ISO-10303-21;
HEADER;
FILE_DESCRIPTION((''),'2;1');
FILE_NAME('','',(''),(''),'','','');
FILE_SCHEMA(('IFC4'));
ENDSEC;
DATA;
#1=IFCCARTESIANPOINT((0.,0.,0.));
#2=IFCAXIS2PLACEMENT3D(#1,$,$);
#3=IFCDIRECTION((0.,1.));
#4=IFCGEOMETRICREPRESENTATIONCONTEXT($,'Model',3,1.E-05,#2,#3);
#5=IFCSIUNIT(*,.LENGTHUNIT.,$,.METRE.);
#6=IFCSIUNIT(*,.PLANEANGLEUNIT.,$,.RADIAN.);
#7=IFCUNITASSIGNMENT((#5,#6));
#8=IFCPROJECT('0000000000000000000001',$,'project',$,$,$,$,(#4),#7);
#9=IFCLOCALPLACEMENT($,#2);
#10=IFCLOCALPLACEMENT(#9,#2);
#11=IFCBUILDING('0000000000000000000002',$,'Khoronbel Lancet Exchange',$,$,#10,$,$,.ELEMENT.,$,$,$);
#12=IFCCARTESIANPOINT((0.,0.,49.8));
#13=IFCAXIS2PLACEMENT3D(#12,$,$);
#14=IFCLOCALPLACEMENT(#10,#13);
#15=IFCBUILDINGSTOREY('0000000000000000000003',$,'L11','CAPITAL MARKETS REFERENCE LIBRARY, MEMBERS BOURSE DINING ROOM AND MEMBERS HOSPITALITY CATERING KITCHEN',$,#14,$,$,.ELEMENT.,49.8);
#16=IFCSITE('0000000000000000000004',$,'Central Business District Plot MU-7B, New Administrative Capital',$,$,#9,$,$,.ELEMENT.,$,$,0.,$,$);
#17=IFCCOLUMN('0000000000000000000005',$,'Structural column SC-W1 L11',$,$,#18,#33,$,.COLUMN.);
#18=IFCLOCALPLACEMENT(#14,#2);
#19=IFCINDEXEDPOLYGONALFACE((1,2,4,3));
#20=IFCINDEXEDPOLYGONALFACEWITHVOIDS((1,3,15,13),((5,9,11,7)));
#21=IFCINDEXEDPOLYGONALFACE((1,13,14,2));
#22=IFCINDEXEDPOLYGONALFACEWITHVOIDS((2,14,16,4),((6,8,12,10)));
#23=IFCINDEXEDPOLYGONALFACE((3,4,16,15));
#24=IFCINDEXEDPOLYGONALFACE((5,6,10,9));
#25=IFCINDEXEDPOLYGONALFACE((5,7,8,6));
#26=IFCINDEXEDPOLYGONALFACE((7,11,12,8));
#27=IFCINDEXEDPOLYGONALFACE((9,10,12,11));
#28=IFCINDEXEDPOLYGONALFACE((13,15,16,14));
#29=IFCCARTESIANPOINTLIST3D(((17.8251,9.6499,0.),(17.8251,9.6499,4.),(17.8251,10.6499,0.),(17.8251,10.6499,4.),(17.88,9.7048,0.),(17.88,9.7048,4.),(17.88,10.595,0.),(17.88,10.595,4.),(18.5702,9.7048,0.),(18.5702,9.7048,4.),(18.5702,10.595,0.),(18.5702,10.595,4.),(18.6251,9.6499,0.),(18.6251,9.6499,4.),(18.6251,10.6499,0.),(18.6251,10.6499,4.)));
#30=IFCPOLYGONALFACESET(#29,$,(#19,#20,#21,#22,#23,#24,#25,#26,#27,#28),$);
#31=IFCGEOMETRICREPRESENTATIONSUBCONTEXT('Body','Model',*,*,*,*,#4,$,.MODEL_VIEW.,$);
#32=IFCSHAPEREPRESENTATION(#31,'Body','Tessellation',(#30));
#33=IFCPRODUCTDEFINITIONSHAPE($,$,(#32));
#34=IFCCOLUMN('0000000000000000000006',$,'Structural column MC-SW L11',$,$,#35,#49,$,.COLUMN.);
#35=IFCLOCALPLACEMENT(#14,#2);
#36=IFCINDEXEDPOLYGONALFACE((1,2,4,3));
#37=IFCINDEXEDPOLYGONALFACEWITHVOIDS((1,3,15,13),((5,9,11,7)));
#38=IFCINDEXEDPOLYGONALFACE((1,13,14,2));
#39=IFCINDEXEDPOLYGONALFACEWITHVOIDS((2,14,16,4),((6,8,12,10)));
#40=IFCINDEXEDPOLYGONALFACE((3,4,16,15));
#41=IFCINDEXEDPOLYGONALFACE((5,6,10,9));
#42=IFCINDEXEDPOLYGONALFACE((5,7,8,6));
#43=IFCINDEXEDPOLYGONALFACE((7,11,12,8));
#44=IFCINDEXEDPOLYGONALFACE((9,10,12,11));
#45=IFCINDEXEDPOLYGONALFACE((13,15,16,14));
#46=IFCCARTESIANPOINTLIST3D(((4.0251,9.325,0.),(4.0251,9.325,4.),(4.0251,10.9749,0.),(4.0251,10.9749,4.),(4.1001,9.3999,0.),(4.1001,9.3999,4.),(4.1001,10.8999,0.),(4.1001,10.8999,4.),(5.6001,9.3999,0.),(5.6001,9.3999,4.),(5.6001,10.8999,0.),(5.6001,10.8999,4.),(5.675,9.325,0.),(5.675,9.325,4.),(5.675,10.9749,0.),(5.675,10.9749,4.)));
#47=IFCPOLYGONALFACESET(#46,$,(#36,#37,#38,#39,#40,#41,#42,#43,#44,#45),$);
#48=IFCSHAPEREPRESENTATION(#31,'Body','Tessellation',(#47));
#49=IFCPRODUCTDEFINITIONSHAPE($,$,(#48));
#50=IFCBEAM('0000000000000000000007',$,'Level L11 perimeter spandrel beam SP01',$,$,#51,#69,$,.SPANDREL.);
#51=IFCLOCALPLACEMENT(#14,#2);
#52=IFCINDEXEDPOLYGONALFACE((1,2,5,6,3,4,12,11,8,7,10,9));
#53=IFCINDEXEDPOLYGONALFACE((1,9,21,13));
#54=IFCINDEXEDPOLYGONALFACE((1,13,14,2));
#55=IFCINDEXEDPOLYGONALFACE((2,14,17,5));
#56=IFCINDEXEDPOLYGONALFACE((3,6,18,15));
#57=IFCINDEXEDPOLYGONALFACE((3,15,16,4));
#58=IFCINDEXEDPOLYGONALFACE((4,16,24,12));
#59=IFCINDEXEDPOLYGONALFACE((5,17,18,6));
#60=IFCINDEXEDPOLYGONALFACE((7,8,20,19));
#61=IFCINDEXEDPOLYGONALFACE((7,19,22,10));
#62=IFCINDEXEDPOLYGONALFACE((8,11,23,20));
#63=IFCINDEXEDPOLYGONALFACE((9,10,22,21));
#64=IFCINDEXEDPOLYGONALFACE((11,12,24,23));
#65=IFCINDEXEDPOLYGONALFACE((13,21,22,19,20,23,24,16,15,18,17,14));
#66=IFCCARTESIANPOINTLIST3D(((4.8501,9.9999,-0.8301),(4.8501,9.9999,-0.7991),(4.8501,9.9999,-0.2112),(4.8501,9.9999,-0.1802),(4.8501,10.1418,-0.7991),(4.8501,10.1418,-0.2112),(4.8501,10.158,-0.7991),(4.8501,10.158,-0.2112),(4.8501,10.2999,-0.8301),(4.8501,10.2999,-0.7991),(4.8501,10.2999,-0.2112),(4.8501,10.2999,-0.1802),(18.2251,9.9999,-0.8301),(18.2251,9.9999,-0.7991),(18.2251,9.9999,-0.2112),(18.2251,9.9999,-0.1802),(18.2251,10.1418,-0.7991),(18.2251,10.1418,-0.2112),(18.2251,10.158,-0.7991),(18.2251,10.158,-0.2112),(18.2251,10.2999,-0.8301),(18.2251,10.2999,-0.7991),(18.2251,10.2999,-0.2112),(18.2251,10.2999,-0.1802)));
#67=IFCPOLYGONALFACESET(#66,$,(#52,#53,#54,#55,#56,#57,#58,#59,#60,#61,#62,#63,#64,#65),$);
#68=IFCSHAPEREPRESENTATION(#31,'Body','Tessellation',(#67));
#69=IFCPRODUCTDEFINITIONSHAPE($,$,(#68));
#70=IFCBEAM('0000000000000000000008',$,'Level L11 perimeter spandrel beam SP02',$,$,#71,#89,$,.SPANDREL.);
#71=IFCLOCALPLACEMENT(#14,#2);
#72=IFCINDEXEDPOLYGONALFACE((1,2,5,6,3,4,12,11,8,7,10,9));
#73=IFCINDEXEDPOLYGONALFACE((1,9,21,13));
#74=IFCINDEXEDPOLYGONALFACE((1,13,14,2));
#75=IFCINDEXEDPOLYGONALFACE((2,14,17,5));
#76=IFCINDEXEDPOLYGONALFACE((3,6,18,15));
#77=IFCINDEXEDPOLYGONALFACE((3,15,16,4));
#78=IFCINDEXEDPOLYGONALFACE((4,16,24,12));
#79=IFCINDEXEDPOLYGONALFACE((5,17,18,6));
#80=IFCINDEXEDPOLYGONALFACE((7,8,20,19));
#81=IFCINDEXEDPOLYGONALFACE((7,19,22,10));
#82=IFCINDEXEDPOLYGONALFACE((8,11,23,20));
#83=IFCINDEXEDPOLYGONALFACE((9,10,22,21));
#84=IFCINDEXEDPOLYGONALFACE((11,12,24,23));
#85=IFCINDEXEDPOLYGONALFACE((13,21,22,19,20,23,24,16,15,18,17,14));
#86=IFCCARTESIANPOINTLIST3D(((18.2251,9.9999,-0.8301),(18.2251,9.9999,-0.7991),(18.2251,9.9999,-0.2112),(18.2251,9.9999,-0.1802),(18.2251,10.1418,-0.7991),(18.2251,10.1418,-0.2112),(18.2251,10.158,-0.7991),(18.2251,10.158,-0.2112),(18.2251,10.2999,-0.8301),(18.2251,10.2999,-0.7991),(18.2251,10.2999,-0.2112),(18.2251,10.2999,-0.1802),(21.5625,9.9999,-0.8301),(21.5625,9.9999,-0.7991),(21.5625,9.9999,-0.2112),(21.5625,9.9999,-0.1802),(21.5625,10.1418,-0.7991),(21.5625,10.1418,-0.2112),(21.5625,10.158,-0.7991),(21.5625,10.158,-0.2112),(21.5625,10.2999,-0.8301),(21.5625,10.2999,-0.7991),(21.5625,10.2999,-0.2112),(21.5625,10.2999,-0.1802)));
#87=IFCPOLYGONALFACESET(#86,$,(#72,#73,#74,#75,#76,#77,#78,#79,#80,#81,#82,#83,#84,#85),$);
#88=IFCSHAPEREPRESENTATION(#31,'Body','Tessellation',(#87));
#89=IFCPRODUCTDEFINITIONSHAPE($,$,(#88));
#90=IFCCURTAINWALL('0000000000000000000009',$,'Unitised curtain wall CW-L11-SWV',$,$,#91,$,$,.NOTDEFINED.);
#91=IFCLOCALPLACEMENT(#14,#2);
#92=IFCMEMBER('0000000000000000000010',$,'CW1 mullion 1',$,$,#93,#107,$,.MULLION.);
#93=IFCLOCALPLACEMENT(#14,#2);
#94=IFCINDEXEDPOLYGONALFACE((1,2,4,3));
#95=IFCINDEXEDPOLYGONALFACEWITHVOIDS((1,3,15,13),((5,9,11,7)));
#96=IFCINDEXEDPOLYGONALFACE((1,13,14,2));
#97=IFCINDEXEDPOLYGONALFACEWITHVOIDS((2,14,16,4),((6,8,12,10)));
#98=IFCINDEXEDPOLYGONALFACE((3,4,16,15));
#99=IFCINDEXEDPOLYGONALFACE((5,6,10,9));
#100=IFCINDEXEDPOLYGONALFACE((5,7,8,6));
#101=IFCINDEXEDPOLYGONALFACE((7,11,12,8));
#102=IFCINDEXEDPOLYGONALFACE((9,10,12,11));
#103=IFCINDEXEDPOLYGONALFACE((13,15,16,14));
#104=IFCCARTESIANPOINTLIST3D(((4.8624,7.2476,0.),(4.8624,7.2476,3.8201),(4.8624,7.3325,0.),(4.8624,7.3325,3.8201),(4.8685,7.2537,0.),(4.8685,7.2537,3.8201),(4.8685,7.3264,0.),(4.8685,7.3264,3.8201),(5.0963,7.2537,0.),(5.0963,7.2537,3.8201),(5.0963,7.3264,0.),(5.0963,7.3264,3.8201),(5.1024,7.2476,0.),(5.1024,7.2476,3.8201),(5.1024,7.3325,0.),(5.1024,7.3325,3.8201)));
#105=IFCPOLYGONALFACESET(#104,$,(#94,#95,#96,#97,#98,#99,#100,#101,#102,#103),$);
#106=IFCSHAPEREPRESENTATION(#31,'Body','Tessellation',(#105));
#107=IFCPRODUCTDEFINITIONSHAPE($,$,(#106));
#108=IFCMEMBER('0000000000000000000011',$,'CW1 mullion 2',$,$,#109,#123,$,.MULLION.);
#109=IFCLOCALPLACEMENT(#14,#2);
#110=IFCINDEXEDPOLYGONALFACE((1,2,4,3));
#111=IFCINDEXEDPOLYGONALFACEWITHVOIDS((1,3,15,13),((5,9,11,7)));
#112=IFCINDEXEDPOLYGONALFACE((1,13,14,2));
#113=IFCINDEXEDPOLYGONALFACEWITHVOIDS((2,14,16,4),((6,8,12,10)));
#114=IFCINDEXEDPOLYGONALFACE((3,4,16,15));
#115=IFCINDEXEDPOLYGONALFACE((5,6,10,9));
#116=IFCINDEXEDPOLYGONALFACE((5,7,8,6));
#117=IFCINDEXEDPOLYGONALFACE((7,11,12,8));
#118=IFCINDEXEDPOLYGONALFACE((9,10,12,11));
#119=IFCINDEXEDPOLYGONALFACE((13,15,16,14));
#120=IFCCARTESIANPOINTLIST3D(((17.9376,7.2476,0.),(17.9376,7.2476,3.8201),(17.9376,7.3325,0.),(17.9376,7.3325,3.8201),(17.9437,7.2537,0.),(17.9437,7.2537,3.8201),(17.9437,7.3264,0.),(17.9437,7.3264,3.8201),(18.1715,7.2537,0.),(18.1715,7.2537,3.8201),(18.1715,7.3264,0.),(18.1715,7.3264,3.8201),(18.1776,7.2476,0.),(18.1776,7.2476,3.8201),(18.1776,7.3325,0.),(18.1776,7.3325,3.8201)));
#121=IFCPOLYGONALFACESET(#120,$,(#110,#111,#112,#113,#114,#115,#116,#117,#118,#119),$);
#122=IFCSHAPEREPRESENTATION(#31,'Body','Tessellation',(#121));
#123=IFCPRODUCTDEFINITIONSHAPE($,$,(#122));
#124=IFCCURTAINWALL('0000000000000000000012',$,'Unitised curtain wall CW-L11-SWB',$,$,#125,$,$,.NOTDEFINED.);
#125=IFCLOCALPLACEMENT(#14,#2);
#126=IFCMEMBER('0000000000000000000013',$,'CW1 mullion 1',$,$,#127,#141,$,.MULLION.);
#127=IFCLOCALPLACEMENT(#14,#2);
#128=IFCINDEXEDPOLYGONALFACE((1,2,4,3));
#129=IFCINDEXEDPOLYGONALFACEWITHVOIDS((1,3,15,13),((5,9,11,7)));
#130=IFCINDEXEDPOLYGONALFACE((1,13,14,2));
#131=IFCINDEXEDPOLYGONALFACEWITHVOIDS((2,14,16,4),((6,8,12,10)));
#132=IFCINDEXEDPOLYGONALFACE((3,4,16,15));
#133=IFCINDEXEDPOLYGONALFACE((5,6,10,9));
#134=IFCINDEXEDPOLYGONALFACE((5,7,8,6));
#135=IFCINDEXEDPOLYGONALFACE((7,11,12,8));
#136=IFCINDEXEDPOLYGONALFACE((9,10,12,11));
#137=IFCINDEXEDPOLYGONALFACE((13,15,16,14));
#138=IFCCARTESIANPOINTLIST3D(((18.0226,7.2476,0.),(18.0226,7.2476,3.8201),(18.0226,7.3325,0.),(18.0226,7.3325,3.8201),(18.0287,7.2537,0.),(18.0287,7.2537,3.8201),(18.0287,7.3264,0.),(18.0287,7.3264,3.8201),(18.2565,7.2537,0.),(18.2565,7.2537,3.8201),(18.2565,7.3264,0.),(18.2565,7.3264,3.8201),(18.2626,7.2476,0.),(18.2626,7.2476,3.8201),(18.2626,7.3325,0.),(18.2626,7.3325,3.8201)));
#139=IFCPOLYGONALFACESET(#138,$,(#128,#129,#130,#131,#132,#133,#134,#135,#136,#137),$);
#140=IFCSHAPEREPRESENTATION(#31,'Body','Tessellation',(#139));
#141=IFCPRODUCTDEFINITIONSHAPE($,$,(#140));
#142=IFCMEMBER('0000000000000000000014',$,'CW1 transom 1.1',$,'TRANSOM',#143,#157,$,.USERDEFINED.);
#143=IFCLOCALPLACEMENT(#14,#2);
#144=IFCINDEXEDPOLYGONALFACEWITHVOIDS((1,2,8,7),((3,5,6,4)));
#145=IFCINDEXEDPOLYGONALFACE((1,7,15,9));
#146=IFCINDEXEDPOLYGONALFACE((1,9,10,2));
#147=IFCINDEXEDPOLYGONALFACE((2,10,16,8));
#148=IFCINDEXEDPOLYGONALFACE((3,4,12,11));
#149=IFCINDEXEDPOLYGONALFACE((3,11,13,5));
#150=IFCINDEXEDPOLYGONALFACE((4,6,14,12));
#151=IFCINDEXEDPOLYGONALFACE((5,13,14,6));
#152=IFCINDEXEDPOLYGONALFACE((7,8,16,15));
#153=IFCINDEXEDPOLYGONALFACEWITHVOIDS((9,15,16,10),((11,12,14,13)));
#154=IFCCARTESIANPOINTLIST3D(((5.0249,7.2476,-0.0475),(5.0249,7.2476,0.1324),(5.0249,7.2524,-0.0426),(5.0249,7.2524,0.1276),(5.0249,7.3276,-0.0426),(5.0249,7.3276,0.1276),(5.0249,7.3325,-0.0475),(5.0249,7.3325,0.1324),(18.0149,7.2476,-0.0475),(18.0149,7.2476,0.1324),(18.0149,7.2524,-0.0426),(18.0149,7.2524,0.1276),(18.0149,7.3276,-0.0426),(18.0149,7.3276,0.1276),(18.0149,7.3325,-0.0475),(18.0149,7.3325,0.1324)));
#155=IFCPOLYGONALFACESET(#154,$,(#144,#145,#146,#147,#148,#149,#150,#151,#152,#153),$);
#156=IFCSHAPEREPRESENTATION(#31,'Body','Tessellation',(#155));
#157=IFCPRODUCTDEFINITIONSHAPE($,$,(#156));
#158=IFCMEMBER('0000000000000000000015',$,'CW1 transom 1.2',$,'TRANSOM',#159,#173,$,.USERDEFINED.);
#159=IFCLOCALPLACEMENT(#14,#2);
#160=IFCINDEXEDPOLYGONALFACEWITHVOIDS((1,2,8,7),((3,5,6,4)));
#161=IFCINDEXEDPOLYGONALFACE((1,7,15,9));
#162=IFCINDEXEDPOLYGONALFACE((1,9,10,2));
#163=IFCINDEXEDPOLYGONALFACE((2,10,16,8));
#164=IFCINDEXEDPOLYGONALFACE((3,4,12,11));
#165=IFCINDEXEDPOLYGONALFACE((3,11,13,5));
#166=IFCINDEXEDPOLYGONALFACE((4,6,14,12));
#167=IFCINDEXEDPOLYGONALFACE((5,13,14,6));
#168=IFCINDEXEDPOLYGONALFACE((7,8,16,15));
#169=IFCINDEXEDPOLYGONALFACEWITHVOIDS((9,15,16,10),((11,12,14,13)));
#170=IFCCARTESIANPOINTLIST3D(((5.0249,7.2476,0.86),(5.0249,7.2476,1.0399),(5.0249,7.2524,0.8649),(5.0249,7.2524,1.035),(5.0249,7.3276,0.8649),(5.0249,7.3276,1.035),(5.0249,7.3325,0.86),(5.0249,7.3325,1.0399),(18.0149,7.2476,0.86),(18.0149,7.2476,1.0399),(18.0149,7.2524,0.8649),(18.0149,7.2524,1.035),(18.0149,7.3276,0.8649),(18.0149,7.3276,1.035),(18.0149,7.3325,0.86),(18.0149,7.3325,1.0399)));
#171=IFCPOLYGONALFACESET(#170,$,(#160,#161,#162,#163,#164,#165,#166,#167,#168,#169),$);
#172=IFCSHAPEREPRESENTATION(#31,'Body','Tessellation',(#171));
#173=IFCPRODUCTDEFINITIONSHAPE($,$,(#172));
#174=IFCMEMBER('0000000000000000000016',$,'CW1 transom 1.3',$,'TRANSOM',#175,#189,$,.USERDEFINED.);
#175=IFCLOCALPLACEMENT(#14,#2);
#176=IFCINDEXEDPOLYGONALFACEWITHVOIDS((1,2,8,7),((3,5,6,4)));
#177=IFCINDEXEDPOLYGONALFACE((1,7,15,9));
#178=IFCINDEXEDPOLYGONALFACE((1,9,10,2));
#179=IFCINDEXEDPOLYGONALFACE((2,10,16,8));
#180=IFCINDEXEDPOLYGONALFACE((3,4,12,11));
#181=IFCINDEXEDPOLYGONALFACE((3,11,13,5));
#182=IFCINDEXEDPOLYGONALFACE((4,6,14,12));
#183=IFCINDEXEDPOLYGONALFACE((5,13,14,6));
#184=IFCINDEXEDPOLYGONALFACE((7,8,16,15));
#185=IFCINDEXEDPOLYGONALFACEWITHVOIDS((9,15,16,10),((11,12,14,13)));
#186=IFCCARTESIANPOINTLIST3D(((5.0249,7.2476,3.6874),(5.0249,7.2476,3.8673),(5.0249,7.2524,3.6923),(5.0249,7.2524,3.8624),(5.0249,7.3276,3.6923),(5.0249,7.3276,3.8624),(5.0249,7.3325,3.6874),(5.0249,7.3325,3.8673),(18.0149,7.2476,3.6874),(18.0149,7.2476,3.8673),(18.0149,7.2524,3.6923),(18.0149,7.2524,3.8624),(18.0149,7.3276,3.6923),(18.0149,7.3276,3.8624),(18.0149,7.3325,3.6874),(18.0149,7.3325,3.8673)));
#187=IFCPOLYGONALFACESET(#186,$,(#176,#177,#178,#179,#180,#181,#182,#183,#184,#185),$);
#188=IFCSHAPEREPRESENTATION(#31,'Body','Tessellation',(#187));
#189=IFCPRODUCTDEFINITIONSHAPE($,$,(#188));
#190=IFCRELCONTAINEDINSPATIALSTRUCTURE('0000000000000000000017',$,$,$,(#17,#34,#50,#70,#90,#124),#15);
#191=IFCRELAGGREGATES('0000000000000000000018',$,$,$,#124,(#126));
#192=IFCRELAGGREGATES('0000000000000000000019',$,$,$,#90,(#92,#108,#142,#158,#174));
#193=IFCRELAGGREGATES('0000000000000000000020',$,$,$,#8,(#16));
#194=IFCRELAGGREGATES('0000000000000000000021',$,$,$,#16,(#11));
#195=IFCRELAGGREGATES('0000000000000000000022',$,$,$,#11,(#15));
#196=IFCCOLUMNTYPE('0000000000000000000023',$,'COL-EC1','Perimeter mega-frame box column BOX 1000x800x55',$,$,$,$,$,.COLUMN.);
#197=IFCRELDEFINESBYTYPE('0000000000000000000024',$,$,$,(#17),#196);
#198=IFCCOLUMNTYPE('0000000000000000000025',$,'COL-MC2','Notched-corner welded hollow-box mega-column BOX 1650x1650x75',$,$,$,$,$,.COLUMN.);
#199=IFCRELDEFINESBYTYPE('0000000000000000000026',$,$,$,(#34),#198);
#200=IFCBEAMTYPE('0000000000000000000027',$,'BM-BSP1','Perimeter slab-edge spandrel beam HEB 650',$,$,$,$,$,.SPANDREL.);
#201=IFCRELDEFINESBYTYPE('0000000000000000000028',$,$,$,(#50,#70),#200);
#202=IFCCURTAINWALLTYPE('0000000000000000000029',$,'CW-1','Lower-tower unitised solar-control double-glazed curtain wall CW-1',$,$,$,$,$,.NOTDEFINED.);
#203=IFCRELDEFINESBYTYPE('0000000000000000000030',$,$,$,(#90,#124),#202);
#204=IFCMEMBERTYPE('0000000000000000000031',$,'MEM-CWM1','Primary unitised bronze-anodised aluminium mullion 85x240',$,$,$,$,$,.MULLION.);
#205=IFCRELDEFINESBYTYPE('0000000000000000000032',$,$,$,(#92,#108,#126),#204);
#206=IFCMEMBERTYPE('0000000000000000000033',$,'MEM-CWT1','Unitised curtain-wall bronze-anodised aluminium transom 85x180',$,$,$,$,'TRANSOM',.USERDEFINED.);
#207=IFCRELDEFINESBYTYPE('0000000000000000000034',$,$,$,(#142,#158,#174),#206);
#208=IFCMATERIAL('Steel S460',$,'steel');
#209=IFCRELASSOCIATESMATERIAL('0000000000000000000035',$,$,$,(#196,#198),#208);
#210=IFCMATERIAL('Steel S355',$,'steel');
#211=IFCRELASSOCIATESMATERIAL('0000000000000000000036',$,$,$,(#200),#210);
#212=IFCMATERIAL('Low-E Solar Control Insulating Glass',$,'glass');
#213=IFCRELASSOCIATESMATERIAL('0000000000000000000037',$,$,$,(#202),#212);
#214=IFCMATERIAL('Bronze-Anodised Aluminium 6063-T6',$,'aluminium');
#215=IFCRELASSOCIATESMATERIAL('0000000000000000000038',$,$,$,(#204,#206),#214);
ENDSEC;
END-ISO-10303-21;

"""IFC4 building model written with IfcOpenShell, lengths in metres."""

from ifc_helpers import new_model, si_unit, direction, frame, origin, origin_2d, place, context, subcontext, project, spatial, hollow_rectangle, i_section, extrude, material, material_profile, profile_set, type_object, element, aggregate, save


model = new_model("IFC4")

# Units and contexts
model_context = context("Model", 3, precision=1e-05, world=origin(), true_north=direction((0.0, 1.0)))
body_context = subcontext(model_context, "Body", "Model", "MODEL_VIEW")
ifc_project = project(units=[si_unit("LENGTHUNIT", "METRE"), si_unit("PLANEANGLEUNIT", "RADIAN")], contexts=[model_context])

# Site, building, storey
site_placement = place(None, origin())
site = spatial("IfcSite", under=ifc_project, at=site_placement, Name="Central Business District Plot MU-7B, New Administrative Capital", CompositionType="ELEMENT", RefElevation=0.0)
building_placement = place(site_placement, origin())
building = spatial("IfcBuilding", under=site, at=building_placement, Name="Khoronbel Lancet Exchange", CompositionType="ELEMENT")
storey_placement = place(building_placement, frame((0.0, 0.0, 49.8)))
storey = spatial("IfcBuildingStorey", under=building, at=storey_placement, Name="L11", Description="CAPITAL MARKETS REFERENCE LIBRARY, MEMBERS BOURSE DINING ROOM AND MEMBERS HOSPITALITY CATERING KITCHEN", CompositionType="ELEMENT", Elevation=49.8)

# Columns
ifc_material_1 = material(Name="Steel S460", Category="steel")
ifc_material_profile_1 = material_profile(ifc_material_1, hollow_rectangle(XDim=0.8, YDim=1.0, WallThickness=0.0549, at=origin_2d()), Name="BOX 1000x800x55")
ifc_profile_set_1 = profile_set([ifc_material_profile_1], Name="Steel S460")
column_type_1 = type_object("IfcColumnType", Name="COL-EC1", Description="Perimeter mega-frame box column BOX 1000x800x55", PredefinedType="COLUMN", material=ifc_profile_set_1)
column_1_placement = place(storey_placement, frame((18.2251, 10.1499, 0.0), z_axis=(0.0, 0.0, 1.0), x_axis=(1.0, 0.0, 0.0)))
element("IfcColumn", 1, at=column_1_placement, inside=storey, type_object=column_type_1, Name="Structural column SC-W1 L11", PredefinedType="COLUMN", context=body_context, shape_type="SweptSolid", body=[
    extrude(hollow_rectangle(XDim=0.8, YDim=1.0, WallThickness=0.0549, at=origin_2d()), origin(), (0.0, 0.0, 1.0), 4.0),
])
ifc_material_profile_2 = material_profile(ifc_material_1, hollow_rectangle(XDim=1.6499, YDim=1.6499, WallThickness=0.075, at=origin_2d()), Name="BOX 1650x1650x75")
ifc_profile_set_2 = profile_set([ifc_material_profile_2], Name="Steel S460")
column_type_2 = type_object("IfcColumnType", Name="COL-MC2", Description="Notched-corner welded hollow-box mega-column BOX 1650x1650x75", PredefinedType="COLUMN", material=ifc_profile_set_2)
column_2_placement = place(storey_placement, frame((4.8501, 10.1499, 0.0), z_axis=(0.0, 0.0, 1.0), x_axis=(1.0, 0.0, 0.0)))
element("IfcColumn", 2, at=column_2_placement, inside=storey, type_object=column_type_2, Name="Structural column MC-SW L11", PredefinedType="COLUMN", context=body_context, shape_type="SweptSolid", body=[
    extrude(hollow_rectangle(XDim=1.6499, YDim=1.6499, WallThickness=0.075, at=origin_2d()), origin(), (0.0, 0.0, 1.0), 4.0),
])

# Beams
ifc_material_2 = material(Name="Steel S355", Category="steel")
ifc_material_profile_3 = material_profile(ifc_material_2, i_section(OverallWidth=0.3, OverallDepth=0.6499, WebThickness=0.0161, FlangeThickness=0.031, at=origin_2d()), Name="HEB 650")
ifc_profile_set_3 = profile_set([ifc_material_profile_3], Name="Steel S355")
beam_type = type_object("IfcBeamType", Name="BM-BSP1", Description="Perimeter slab-edge spandrel beam HEB 650", PredefinedType="SPANDREL", material=ifc_profile_set_3)
beam_1_placement = place(storey_placement, frame((4.8501, 10.1499, -0.5051), z_axis=(1.0, 0.0, 0.0), x_axis=(0.0, 1.0, 0.0)))
element("IfcBeam", 3, at=beam_1_placement, inside=storey, type_object=beam_type, Name="Level L11 perimeter spandrel beam SP01", PredefinedType="SPANDREL", context=body_context, shape_type="SweptSolid", body=[
    extrude(i_section(OverallWidth=0.3, OverallDepth=0.6499, WebThickness=0.0161, FlangeThickness=0.031, at=origin_2d()), origin(), (0.0, 0.0, 1.0), 13.375),
])
beam_2_placement = place(storey_placement, frame((18.2251, 10.1499, -0.5051), z_axis=(1.0, 0.0, 0.0), x_axis=(0.0, 1.0, 0.0)))
element("IfcBeam", 4, at=beam_2_placement, inside=storey, type_object=beam_type, Name="Level L11 perimeter spandrel beam SP02", PredefinedType="SPANDREL", context=body_context, shape_type="SweptSolid", body=[
    extrude(i_section(OverallWidth=0.3, OverallDepth=0.6499, WebThickness=0.0161, FlangeThickness=0.031, at=origin_2d()), origin(), (0.0, 0.0, 1.0), 3.3374),
])

# Curtain wall, members
ifc_material_3 = material(Name="Low-E Solar Control Insulating Glass", Category="glass")
curtain_wall_type = type_object("IfcCurtainWallType", Name="CW-1", Description="Lower-tower unitised solar-control double-glazed curtain wall CW-1", PredefinedType="NOTDEFINED", material=ifc_material_3)
curtain_wall_1_placement = place(storey_placement, origin())
curtain_wall_1 = element("IfcCurtainWall", 5, at=curtain_wall_1_placement, inside=storey, type_object=curtain_wall_type, Name="Unitised curtain wall CW-L11-SWV", PredefinedType="NOTDEFINED")
ifc_material_4 = material(Name="Bronze-Anodised Aluminium 6063-T6", Category="aluminium")
ifc_material_profile_4 = material_profile(ifc_material_4, hollow_rectangle(XDim=0.085, YDim=0.24, WallThickness=0.0061, at=origin_2d()), Name="ALU MULLION 85x240")
ifc_profile_set_4 = profile_set([ifc_material_profile_4], Name="Bronze-Anodised Aluminium 6063-T6")
member_type_1 = type_object("IfcMemberType", Name="MEM-CWM1", Description="Primary unitised bronze-anodised aluminium mullion 85x240", PredefinedType="MULLION", material=ifc_profile_set_4)
member_1_placement = place(storey_placement, frame((4.9824, 7.29, 0.0), z_axis=(0.0, 0.0, 1.0), x_axis=(0.0, 1.0, 0.0)))
member_1 = element("IfcMember", 6, at=member_1_placement, type_object=member_type_1, Name="CW1 mullion 1", PredefinedType="MULLION", context=body_context, shape_type="SweptSolid", body=[
    extrude(hollow_rectangle(XDim=0.085, YDim=0.24, WallThickness=0.0061, at=origin_2d()), origin(), (0.0, 0.0, 1.0), 3.8201),
])
member_2_placement = place(storey_placement, frame((18.0576, 7.29, 0.0), z_axis=(0.0, 0.0, 1.0), x_axis=(0.0, 1.0, 0.0)))
member_2 = element("IfcMember", 7, at=member_2_placement, type_object=member_type_1, Name="CW1 mullion 2", PredefinedType="MULLION", context=body_context, shape_type="SweptSolid", body=[
    extrude(hollow_rectangle(XDim=0.085, YDim=0.24, WallThickness=0.0061, at=origin_2d()), origin(), (0.0, 0.0, 1.0), 3.8201),
])

# Curtain wall, member
curtain_wall_2_placement = place(storey_placement, origin())
curtain_wall_2 = element("IfcCurtainWall", 8, at=curtain_wall_2_placement, inside=storey, type_object=curtain_wall_type, Name="Unitised curtain wall CW-L11-SWB", PredefinedType="NOTDEFINED")
member_3_placement = place(storey_placement, frame((18.1426, 7.29, 0.0), z_axis=(0.0, 0.0, 1.0), x_axis=(0.0, 1.0, 0.0)))
member_3 = element("IfcMember", 9, at=member_3_placement, type_object=member_type_1, Name="CW1 mullion 1", PredefinedType="MULLION", context=body_context, shape_type="SweptSolid", body=[
    extrude(hollow_rectangle(XDim=0.085, YDim=0.24, WallThickness=0.0061, at=origin_2d()), origin(), (0.0, 0.0, 1.0), 3.8201),
])

# Members
ifc_material_profile_5 = material_profile(ifc_material_4, hollow_rectangle(XDim=0.085, YDim=0.1799, WallThickness=0.0049, at=origin_2d()), Name="ALU TRANSOM 85x180")
ifc_profile_set_5 = profile_set([ifc_material_profile_5], Name="Bronze-Anodised Aluminium 6063-T6")
member_type_2 = type_object("IfcMemberType", Name="MEM-CWT1", Description="Unitised curtain-wall bronze-anodised aluminium transom 85x180", ElementType="TRANSOM", PredefinedType="USERDEFINED", material=ifc_profile_set_5)
member_4_placement = place(storey_placement, frame((5.0249, 7.29, 0.0425), z_axis=(1.0, 0.0, 0.0), x_axis=(0.0, 1.0, 0.0)))
member_4 = element("IfcMember", 10, at=member_4_placement, type_object=member_type_2, Name="CW1 transom 1.1", ObjectType="TRANSOM", PredefinedType="USERDEFINED", context=body_context, shape_type="SweptSolid", body=[
    extrude(hollow_rectangle(XDim=0.085, YDim=0.1799, WallThickness=0.0049, at=origin_2d()), origin(), (0.0, 0.0, 1.0), 12.99),
])
member_5_placement = place(storey_placement, frame((5.0249, 7.29, 0.95), z_axis=(1.0, 0.0, 0.0), x_axis=(0.0, 1.0, 0.0)))
member_5 = element("IfcMember", 11, at=member_5_placement, type_object=member_type_2, Name="CW1 transom 1.2", ObjectType="TRANSOM", PredefinedType="USERDEFINED", context=body_context, shape_type="SweptSolid", body=[
    extrude(hollow_rectangle(XDim=0.085, YDim=0.1799, WallThickness=0.0049, at=origin_2d()), origin(), (0.0, 0.0, 1.0), 12.99),
])
member_6_placement = place(storey_placement, frame((5.0249, 7.29, 3.7773), z_axis=(1.0, 0.0, 0.0), x_axis=(0.0, 1.0, 0.0)))
member_6 = element("IfcMember", 12, at=member_6_placement, type_object=member_type_2, Name="CW1 transom 1.3", ObjectType="TRANSOM", PredefinedType="USERDEFINED", context=body_context, shape_type="SweptSolid", body=[
    extrude(hollow_rectangle(XDim=0.085, YDim=0.1799, WallThickness=0.0049, at=origin_2d()), origin(), (0.0, 0.0, 1.0), 12.99),
])
aggregate(curtain_wall_2, [member_3])

aggregate(curtain_wall_1, [member_1, member_2, member_4, member_5, member_6])

save(model, "model.ifc")
